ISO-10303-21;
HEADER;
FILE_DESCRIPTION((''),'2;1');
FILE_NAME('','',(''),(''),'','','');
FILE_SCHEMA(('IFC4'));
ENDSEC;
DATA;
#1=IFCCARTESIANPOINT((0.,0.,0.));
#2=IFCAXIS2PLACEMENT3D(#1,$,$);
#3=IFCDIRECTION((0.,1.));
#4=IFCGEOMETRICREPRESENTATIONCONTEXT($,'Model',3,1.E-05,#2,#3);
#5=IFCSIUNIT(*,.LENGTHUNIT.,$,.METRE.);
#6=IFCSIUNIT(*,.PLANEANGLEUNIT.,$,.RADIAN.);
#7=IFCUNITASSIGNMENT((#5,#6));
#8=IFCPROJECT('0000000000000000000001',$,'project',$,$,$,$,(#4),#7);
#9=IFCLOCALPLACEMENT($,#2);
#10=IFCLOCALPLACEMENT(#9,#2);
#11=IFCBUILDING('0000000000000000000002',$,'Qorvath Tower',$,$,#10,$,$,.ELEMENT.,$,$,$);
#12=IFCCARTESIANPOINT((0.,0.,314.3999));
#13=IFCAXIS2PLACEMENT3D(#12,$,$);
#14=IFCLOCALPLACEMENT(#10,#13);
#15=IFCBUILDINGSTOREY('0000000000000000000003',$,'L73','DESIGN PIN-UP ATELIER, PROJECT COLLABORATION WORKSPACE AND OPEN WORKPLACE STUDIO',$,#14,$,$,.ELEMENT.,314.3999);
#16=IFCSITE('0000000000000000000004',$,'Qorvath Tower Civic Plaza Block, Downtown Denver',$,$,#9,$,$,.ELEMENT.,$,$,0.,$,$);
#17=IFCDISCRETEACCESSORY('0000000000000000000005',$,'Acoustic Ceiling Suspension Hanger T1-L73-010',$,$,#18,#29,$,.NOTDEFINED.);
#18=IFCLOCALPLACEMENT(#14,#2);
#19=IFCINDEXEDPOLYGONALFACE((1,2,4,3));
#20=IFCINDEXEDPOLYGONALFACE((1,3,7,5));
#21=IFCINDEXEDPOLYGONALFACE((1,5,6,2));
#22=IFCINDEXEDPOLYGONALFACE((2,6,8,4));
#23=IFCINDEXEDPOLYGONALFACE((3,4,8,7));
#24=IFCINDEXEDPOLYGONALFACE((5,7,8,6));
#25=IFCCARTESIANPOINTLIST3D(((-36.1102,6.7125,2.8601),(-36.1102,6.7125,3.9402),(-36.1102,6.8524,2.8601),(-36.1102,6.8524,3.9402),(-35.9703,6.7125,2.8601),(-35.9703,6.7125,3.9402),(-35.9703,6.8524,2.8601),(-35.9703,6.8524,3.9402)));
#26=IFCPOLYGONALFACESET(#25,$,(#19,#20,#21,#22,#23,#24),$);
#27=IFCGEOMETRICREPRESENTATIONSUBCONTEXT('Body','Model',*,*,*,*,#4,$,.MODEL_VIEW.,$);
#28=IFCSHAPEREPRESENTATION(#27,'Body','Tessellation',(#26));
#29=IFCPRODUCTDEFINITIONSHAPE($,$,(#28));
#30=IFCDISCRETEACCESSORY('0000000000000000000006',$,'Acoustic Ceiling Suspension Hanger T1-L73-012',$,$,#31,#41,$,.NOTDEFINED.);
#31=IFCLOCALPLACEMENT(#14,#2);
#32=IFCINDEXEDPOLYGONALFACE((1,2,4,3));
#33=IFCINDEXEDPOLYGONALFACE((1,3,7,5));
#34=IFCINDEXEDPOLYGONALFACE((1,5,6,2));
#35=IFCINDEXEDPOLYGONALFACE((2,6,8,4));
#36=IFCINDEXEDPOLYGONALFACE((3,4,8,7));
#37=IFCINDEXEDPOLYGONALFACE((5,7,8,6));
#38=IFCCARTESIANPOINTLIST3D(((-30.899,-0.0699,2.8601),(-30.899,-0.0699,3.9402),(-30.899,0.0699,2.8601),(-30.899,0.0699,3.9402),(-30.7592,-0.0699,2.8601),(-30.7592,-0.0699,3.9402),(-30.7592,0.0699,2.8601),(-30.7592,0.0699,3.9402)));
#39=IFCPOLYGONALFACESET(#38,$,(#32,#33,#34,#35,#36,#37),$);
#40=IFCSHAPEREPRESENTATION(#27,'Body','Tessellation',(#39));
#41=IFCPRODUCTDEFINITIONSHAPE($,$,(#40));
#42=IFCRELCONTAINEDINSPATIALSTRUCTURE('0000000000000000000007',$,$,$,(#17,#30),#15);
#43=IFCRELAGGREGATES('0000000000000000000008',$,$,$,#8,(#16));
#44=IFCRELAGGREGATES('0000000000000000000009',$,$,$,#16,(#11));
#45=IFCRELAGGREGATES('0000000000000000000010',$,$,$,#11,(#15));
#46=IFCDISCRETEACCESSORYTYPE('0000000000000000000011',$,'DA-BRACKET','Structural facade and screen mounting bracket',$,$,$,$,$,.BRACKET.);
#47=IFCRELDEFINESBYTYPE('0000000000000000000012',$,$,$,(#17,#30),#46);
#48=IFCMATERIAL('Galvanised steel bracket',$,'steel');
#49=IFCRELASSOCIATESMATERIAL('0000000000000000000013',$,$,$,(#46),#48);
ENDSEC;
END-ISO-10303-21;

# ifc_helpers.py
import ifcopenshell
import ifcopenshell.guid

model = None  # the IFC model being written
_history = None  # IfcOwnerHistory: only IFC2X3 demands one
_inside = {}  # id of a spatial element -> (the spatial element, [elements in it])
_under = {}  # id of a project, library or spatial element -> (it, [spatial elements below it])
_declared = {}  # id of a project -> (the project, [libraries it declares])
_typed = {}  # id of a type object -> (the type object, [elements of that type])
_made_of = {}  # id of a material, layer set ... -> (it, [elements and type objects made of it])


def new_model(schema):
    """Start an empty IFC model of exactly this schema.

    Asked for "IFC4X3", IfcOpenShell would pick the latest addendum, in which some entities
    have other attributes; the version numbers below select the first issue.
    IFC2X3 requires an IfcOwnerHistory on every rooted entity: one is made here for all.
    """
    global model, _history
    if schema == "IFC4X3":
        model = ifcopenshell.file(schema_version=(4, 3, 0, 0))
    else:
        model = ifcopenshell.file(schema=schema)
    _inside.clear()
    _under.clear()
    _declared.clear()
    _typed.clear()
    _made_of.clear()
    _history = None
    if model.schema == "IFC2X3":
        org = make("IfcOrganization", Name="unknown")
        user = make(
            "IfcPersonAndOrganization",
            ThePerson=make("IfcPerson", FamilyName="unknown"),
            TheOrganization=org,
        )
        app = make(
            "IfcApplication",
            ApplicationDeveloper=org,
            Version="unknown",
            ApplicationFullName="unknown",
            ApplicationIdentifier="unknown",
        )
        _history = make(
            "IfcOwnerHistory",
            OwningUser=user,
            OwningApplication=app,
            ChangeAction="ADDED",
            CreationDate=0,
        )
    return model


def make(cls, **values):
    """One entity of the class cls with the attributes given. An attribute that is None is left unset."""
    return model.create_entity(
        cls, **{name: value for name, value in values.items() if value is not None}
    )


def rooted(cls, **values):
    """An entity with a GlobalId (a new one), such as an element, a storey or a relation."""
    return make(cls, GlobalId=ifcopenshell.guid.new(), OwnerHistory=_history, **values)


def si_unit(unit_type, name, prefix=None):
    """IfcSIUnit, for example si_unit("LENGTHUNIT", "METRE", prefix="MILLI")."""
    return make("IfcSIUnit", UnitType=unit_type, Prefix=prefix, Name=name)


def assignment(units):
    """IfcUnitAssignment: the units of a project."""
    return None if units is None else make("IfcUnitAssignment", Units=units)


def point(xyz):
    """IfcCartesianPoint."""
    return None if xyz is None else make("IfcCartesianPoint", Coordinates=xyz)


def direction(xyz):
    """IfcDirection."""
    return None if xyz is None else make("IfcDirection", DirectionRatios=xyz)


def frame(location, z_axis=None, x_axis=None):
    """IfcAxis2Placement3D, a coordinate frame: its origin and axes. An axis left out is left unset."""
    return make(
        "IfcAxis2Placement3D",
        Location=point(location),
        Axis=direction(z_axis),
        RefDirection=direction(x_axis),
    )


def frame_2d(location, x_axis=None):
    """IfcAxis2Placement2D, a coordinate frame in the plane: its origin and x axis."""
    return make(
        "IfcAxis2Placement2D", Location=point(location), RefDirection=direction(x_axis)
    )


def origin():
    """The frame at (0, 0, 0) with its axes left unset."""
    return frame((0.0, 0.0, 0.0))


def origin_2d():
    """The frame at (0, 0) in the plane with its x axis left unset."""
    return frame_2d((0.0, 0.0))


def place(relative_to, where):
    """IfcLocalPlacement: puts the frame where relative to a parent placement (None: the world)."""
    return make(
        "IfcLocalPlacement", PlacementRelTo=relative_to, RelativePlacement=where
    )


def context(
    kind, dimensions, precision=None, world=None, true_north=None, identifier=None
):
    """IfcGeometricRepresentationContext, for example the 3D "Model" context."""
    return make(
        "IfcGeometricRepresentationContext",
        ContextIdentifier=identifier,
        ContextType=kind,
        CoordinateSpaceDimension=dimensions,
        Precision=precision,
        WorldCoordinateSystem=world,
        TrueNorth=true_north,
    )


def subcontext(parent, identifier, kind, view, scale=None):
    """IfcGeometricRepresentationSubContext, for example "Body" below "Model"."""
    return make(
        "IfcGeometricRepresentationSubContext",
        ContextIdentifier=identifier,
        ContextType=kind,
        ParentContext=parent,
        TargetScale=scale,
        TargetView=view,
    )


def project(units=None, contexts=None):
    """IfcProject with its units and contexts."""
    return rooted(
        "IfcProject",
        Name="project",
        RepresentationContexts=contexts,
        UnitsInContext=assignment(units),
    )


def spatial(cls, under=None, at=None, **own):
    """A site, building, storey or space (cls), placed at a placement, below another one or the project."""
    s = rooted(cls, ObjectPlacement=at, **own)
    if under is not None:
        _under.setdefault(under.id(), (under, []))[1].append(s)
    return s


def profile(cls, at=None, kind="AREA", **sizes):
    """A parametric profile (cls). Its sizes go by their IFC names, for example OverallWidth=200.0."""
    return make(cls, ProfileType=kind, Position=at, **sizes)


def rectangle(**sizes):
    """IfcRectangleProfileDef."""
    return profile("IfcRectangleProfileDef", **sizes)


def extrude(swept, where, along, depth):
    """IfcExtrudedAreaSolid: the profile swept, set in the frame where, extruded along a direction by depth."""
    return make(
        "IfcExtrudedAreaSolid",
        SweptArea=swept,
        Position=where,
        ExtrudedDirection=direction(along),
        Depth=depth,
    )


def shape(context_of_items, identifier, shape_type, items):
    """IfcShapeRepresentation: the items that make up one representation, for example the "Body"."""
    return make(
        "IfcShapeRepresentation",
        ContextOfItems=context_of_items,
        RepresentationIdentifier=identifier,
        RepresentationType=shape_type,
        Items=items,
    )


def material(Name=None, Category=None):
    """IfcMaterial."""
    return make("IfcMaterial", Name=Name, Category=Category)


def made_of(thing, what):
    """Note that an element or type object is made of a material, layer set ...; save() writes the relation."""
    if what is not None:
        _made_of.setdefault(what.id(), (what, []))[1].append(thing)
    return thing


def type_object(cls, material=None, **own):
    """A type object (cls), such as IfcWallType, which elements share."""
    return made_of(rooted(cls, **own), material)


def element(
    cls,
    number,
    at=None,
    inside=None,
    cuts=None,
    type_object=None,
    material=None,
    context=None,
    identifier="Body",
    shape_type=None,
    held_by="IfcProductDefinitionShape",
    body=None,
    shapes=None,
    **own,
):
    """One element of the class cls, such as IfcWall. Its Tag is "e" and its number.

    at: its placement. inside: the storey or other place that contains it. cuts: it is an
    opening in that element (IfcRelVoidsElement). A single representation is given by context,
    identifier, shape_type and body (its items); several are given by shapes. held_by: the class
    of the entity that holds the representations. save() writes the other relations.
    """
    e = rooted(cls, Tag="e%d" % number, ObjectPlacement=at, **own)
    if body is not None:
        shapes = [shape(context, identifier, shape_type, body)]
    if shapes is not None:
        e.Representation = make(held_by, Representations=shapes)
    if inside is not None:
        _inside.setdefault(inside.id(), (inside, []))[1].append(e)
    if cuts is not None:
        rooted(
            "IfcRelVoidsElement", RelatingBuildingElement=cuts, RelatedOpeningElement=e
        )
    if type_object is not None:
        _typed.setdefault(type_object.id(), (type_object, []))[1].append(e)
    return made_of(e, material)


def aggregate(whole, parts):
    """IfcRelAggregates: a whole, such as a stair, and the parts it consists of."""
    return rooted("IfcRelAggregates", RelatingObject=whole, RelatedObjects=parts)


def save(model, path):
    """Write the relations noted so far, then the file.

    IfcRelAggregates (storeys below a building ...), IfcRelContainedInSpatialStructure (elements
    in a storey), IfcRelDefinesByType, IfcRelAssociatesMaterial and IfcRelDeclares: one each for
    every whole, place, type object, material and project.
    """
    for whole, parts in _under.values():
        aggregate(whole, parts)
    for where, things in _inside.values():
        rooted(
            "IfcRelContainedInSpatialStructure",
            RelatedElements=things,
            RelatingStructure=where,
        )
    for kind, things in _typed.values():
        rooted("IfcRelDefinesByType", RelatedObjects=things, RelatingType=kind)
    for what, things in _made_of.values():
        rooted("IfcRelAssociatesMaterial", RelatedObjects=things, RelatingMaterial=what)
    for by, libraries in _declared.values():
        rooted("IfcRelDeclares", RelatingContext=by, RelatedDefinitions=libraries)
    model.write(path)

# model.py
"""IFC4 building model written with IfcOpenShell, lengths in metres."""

from ifc_helpers import new_model, si_unit, direction, frame, origin, origin_2d, place, context, subcontext, project, spatial, rectangle, extrude, material, type_object, element, save


model = new_model("IFC4")

# Units and contexts
model_context = context("Model", 3, precision=1e-05, world=origin(), true_north=direction((0.0, 1.0)))
body_context = subcontext(model_context, "Body", "Model", "MODEL_VIEW")
ifc_project = project(units=[si_unit("LENGTHUNIT", "METRE"), si_unit("PLANEANGLEUNIT", "RADIAN")], contexts=[model_context])

# Site, building, storey
site_placement = place(None, origin())
site = spatial("IfcSite", under=ifc_project, at=site_placement, Name="Qorvath Tower Civic Plaza Block, Downtown Denver", CompositionType="ELEMENT", RefElevation=0.0)
building_placement = place(site_placement, origin())
building = spatial("IfcBuilding", under=site, at=building_placement, Name="Qorvath Tower", CompositionType="ELEMENT")
storey_placement = place(building_placement, frame((0.0, 0.0, 314.3999)))
storey = spatial("IfcBuildingStorey", under=building, at=storey_placement, Name="L73", Description="DESIGN PIN-UP ATELIER, PROJECT COLLABORATION WORKSPACE AND OPEN WORKPLACE STUDIO", CompositionType="ELEMENT", Elevation=314.3999)

# Discrete accessories
ifc_material_1 = material(Name="Galvanised steel bracket", Category="steel")
discrete_accessory_type = type_object("IfcDiscreteAccessoryType", Name="DA-BRACKET", Description="Structural facade and screen mounting bracket", PredefinedType="BRACKET", material=ifc_material_1)
for number, where, z_axis, x_axis, name in (
    (1, (-36.0403, 6.7825, 2.8601), (0.0, 0.0, 1.0), (1.0, 0.0, 0.0), "Acoustic Ceiling Suspension Hanger T1-L73-010"),
    (2, (-30.8291, 0.0, 2.8601), (0.0, 0.0, 1.0), (1.0, 0.0, 0.0), "Acoustic Ceiling Suspension Hanger T1-L73-012"),
):
    element("IfcDiscreteAccessory", number, at=place(storey_placement, frame(where, z_axis=z_axis, x_axis=x_axis)), inside=storey, type_object=discrete_accessory_type, Name=name, PredefinedType="NOTDEFINED", context=body_context, shape_type="SweptSolid", body=[
        extrude(rectangle(XDim=0.1399, YDim=0.1399, at=origin_2d()), origin(), (0.0, 0.0, 1.0), 1.0801),
    ])

save(model, "model.ifc")
